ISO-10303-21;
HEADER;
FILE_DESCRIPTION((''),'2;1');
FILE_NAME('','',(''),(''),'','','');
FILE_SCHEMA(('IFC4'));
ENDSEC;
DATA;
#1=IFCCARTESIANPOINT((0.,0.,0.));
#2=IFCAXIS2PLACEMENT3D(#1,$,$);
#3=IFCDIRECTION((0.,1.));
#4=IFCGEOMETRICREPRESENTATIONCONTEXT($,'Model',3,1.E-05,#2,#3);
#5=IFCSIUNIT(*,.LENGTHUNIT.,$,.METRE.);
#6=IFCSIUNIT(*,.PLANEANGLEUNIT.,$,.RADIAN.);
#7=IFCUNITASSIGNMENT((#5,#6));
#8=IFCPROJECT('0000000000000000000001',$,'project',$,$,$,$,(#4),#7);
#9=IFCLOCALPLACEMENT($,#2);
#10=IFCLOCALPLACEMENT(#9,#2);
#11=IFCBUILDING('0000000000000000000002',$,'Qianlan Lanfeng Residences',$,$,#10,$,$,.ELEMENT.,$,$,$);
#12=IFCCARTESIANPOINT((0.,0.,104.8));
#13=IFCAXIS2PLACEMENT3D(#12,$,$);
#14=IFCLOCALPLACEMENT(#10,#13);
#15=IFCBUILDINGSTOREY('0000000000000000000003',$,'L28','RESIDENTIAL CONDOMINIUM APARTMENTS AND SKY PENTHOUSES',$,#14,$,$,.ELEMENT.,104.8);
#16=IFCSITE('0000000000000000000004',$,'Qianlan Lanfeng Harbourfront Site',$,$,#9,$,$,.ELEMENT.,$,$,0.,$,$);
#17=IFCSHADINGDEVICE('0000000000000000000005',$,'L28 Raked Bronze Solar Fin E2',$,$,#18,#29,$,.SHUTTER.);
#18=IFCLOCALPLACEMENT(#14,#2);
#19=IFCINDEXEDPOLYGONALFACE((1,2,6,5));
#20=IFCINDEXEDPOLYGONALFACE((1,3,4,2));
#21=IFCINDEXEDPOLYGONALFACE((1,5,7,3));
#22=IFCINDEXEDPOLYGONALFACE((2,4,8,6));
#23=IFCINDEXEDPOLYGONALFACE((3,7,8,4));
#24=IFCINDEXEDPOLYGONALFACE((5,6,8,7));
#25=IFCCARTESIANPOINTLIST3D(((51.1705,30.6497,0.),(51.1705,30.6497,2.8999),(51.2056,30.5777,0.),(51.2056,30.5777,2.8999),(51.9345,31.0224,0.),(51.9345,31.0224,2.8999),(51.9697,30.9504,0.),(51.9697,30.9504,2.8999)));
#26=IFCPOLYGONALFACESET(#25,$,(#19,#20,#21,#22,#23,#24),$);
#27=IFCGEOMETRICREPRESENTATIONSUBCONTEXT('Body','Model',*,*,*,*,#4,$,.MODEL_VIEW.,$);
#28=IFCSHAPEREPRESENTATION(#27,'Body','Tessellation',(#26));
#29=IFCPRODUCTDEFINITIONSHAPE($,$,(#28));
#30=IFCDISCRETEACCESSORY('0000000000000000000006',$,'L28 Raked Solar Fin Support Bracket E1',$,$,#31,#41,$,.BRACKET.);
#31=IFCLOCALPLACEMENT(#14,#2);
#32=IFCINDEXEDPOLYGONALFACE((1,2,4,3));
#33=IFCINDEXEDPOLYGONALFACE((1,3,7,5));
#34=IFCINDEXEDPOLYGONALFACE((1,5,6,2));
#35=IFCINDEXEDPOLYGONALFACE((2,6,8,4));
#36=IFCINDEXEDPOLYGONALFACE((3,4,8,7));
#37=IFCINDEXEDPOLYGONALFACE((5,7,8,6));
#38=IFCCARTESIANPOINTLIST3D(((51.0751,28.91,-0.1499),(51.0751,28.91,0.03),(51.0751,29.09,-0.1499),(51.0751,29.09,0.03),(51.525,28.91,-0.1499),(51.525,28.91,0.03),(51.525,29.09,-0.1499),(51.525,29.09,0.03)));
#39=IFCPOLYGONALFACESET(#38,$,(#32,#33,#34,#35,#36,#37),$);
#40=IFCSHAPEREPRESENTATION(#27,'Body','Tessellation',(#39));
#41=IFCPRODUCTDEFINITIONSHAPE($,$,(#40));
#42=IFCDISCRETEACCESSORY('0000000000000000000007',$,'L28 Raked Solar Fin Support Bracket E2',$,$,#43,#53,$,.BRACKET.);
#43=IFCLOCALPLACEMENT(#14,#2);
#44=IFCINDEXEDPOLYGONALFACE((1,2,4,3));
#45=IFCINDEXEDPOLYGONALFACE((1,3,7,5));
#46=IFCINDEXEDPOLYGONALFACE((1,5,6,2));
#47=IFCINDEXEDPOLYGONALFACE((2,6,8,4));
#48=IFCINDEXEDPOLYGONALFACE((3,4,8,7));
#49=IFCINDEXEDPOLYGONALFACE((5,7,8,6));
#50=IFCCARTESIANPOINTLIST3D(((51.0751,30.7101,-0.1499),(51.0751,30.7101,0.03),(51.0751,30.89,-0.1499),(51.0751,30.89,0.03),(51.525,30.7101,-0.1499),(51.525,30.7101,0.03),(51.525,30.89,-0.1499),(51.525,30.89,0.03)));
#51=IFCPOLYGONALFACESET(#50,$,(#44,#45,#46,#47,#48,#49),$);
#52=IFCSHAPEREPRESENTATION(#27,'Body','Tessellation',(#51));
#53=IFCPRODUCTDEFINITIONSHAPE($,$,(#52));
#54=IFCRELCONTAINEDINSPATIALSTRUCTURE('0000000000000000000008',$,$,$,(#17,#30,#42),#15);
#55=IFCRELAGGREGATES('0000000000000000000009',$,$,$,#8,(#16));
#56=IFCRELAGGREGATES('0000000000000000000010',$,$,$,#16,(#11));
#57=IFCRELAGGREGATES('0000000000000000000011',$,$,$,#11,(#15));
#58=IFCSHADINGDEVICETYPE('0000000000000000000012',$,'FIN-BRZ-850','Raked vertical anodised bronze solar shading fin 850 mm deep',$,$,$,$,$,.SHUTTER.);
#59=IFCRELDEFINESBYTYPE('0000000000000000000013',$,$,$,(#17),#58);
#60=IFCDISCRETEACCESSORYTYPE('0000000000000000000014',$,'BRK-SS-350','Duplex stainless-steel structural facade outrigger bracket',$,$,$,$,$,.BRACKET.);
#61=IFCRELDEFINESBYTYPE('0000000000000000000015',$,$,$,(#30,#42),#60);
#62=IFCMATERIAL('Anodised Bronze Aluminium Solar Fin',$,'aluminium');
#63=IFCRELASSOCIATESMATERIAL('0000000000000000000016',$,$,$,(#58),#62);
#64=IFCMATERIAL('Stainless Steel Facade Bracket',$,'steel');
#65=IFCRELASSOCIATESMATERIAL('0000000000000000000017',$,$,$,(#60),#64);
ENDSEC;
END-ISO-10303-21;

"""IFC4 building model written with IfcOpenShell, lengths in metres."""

from ifc_helpers import new_model, si_unit, direction, frame, origin, origin_2d, place, context, subcontext, project, spatial, rectangle, extrude, source, transform, mapped, material, type_object, element, save


model = new_model("IFC4")

# Units and contexts
model_context = context("Model", 3, precision=1e-05, world=origin(), true_north=direction((0.0, 1.0)))
body_context = subcontext(model_context, "Body", "Model", "MODEL_VIEW")
ifc_project = project(units=[si_unit("LENGTHUNIT", "METRE"), si_unit("PLANEANGLEUNIT", "RADIAN")], contexts=[model_context])

# Site, building, storey
site_placement = place(None, origin())
site = spatial("IfcSite", under=ifc_project, at=site_placement, Name="Qianlan Lanfeng Harbourfront Site", CompositionType="ELEMENT", RefElevation=0.0)
building_placement = place(site_placement, origin())
building = spatial("IfcBuilding", under=site, at=building_placement, Name="Qianlan Lanfeng Residences", CompositionType="ELEMENT")
storey_placement = place(building_placement, frame((0.0, 0.0, 104.8)))
storey = spatial("IfcBuildingStorey", under=building, at=storey_placement, Name="L28", Description="RESIDENTIAL CONDOMINIUM APARTMENTS AND SKY PENTHOUSES", CompositionType="ELEMENT", Elevation=104.8)

# Shading device
ifc_material_1 = material(Name="Anodised Bronze Aluminium Solar Fin", Category="aluminium")
shading_device_type = type_object("IfcShadingDeviceType", Name="FIN-BRZ-850", Description="Raked vertical anodised bronze solar shading fin 850 mm deep", PredefinedType="SHUTTER", material=ifc_material_1)
shared_shape_1 = source(origin(), body_context, "Body", "SweptSolid", [
    extrude(rectangle(XDim=0.8501, YDim=0.0801, at=origin_2d()), origin(), (0.0, 0.0, 1.0), 2.8999),
])
for number, where, z_axis, x_axis, name in (
    (1, (51.5701, 30.8, 0.0), (0.0, 0.0, 1.0), (0.898794, 0.438371, 0.0), "L28 Raked Bronze Solar Fin E2"),
):
    element("IfcShadingDevice", number, at=place(storey_placement, frame(where, z_axis=z_axis, x_axis=x_axis)), inside=storey, type_object=shading_device_type, Name=name, PredefinedType="SHUTTER", context=body_context, shape_type="MappedRepresentation", body=[
        mapped(shared_shape_1, transform((0.0, 0.0, 0.0), scale=1.0)),
    ])

# Discrete accessories
ifc_material_2 = material(Name="Stainless Steel Facade Bracket", Category="steel")
discrete_accessory_type = type_object("IfcDiscreteAccessoryType", Name="BRK-SS-350", Description="Duplex stainless-steel structural facade outrigger bracket", PredefinedType="BRACKET", material=ifc_material_2)
shared_shape_2 = source(origin(), body_context, "Body", "SweptSolid", [
    extrude(rectangle(XDim=0.45, YDim=0.1799, at=origin_2d()), origin(), (0.0, 0.0, 1.0), 0.1799),
])
for number, where, z_axis, x_axis, name in (
    (2, (51.3, 29.0, -0.1499), (0.0, 0.0, 1.0), (1.0, 0.0, 0.0), "L28 Raked Solar Fin Support Bracket E1"),
    (3, (51.3, 30.8, -0.1499), (0.0, 0.0, 1.0), (1.0, 0.0, 0.0), "L28 Raked Solar Fin Support Bracket E2"),
):
    element("IfcDiscreteAccessory", number, at=place(storey_placement, frame(where, z_axis=z_axis, x_axis=x_axis)), inside=storey, type_object=discrete_accessory_type, Name=name, PredefinedType="BRACKET", context=body_context, shape_type="MappedRepresentation", body=[
        mapped(shared_shape_2, transform((0.0, 0.0, 0.0), scale=1.0)),
    ])

save(model, "model.ifc")
